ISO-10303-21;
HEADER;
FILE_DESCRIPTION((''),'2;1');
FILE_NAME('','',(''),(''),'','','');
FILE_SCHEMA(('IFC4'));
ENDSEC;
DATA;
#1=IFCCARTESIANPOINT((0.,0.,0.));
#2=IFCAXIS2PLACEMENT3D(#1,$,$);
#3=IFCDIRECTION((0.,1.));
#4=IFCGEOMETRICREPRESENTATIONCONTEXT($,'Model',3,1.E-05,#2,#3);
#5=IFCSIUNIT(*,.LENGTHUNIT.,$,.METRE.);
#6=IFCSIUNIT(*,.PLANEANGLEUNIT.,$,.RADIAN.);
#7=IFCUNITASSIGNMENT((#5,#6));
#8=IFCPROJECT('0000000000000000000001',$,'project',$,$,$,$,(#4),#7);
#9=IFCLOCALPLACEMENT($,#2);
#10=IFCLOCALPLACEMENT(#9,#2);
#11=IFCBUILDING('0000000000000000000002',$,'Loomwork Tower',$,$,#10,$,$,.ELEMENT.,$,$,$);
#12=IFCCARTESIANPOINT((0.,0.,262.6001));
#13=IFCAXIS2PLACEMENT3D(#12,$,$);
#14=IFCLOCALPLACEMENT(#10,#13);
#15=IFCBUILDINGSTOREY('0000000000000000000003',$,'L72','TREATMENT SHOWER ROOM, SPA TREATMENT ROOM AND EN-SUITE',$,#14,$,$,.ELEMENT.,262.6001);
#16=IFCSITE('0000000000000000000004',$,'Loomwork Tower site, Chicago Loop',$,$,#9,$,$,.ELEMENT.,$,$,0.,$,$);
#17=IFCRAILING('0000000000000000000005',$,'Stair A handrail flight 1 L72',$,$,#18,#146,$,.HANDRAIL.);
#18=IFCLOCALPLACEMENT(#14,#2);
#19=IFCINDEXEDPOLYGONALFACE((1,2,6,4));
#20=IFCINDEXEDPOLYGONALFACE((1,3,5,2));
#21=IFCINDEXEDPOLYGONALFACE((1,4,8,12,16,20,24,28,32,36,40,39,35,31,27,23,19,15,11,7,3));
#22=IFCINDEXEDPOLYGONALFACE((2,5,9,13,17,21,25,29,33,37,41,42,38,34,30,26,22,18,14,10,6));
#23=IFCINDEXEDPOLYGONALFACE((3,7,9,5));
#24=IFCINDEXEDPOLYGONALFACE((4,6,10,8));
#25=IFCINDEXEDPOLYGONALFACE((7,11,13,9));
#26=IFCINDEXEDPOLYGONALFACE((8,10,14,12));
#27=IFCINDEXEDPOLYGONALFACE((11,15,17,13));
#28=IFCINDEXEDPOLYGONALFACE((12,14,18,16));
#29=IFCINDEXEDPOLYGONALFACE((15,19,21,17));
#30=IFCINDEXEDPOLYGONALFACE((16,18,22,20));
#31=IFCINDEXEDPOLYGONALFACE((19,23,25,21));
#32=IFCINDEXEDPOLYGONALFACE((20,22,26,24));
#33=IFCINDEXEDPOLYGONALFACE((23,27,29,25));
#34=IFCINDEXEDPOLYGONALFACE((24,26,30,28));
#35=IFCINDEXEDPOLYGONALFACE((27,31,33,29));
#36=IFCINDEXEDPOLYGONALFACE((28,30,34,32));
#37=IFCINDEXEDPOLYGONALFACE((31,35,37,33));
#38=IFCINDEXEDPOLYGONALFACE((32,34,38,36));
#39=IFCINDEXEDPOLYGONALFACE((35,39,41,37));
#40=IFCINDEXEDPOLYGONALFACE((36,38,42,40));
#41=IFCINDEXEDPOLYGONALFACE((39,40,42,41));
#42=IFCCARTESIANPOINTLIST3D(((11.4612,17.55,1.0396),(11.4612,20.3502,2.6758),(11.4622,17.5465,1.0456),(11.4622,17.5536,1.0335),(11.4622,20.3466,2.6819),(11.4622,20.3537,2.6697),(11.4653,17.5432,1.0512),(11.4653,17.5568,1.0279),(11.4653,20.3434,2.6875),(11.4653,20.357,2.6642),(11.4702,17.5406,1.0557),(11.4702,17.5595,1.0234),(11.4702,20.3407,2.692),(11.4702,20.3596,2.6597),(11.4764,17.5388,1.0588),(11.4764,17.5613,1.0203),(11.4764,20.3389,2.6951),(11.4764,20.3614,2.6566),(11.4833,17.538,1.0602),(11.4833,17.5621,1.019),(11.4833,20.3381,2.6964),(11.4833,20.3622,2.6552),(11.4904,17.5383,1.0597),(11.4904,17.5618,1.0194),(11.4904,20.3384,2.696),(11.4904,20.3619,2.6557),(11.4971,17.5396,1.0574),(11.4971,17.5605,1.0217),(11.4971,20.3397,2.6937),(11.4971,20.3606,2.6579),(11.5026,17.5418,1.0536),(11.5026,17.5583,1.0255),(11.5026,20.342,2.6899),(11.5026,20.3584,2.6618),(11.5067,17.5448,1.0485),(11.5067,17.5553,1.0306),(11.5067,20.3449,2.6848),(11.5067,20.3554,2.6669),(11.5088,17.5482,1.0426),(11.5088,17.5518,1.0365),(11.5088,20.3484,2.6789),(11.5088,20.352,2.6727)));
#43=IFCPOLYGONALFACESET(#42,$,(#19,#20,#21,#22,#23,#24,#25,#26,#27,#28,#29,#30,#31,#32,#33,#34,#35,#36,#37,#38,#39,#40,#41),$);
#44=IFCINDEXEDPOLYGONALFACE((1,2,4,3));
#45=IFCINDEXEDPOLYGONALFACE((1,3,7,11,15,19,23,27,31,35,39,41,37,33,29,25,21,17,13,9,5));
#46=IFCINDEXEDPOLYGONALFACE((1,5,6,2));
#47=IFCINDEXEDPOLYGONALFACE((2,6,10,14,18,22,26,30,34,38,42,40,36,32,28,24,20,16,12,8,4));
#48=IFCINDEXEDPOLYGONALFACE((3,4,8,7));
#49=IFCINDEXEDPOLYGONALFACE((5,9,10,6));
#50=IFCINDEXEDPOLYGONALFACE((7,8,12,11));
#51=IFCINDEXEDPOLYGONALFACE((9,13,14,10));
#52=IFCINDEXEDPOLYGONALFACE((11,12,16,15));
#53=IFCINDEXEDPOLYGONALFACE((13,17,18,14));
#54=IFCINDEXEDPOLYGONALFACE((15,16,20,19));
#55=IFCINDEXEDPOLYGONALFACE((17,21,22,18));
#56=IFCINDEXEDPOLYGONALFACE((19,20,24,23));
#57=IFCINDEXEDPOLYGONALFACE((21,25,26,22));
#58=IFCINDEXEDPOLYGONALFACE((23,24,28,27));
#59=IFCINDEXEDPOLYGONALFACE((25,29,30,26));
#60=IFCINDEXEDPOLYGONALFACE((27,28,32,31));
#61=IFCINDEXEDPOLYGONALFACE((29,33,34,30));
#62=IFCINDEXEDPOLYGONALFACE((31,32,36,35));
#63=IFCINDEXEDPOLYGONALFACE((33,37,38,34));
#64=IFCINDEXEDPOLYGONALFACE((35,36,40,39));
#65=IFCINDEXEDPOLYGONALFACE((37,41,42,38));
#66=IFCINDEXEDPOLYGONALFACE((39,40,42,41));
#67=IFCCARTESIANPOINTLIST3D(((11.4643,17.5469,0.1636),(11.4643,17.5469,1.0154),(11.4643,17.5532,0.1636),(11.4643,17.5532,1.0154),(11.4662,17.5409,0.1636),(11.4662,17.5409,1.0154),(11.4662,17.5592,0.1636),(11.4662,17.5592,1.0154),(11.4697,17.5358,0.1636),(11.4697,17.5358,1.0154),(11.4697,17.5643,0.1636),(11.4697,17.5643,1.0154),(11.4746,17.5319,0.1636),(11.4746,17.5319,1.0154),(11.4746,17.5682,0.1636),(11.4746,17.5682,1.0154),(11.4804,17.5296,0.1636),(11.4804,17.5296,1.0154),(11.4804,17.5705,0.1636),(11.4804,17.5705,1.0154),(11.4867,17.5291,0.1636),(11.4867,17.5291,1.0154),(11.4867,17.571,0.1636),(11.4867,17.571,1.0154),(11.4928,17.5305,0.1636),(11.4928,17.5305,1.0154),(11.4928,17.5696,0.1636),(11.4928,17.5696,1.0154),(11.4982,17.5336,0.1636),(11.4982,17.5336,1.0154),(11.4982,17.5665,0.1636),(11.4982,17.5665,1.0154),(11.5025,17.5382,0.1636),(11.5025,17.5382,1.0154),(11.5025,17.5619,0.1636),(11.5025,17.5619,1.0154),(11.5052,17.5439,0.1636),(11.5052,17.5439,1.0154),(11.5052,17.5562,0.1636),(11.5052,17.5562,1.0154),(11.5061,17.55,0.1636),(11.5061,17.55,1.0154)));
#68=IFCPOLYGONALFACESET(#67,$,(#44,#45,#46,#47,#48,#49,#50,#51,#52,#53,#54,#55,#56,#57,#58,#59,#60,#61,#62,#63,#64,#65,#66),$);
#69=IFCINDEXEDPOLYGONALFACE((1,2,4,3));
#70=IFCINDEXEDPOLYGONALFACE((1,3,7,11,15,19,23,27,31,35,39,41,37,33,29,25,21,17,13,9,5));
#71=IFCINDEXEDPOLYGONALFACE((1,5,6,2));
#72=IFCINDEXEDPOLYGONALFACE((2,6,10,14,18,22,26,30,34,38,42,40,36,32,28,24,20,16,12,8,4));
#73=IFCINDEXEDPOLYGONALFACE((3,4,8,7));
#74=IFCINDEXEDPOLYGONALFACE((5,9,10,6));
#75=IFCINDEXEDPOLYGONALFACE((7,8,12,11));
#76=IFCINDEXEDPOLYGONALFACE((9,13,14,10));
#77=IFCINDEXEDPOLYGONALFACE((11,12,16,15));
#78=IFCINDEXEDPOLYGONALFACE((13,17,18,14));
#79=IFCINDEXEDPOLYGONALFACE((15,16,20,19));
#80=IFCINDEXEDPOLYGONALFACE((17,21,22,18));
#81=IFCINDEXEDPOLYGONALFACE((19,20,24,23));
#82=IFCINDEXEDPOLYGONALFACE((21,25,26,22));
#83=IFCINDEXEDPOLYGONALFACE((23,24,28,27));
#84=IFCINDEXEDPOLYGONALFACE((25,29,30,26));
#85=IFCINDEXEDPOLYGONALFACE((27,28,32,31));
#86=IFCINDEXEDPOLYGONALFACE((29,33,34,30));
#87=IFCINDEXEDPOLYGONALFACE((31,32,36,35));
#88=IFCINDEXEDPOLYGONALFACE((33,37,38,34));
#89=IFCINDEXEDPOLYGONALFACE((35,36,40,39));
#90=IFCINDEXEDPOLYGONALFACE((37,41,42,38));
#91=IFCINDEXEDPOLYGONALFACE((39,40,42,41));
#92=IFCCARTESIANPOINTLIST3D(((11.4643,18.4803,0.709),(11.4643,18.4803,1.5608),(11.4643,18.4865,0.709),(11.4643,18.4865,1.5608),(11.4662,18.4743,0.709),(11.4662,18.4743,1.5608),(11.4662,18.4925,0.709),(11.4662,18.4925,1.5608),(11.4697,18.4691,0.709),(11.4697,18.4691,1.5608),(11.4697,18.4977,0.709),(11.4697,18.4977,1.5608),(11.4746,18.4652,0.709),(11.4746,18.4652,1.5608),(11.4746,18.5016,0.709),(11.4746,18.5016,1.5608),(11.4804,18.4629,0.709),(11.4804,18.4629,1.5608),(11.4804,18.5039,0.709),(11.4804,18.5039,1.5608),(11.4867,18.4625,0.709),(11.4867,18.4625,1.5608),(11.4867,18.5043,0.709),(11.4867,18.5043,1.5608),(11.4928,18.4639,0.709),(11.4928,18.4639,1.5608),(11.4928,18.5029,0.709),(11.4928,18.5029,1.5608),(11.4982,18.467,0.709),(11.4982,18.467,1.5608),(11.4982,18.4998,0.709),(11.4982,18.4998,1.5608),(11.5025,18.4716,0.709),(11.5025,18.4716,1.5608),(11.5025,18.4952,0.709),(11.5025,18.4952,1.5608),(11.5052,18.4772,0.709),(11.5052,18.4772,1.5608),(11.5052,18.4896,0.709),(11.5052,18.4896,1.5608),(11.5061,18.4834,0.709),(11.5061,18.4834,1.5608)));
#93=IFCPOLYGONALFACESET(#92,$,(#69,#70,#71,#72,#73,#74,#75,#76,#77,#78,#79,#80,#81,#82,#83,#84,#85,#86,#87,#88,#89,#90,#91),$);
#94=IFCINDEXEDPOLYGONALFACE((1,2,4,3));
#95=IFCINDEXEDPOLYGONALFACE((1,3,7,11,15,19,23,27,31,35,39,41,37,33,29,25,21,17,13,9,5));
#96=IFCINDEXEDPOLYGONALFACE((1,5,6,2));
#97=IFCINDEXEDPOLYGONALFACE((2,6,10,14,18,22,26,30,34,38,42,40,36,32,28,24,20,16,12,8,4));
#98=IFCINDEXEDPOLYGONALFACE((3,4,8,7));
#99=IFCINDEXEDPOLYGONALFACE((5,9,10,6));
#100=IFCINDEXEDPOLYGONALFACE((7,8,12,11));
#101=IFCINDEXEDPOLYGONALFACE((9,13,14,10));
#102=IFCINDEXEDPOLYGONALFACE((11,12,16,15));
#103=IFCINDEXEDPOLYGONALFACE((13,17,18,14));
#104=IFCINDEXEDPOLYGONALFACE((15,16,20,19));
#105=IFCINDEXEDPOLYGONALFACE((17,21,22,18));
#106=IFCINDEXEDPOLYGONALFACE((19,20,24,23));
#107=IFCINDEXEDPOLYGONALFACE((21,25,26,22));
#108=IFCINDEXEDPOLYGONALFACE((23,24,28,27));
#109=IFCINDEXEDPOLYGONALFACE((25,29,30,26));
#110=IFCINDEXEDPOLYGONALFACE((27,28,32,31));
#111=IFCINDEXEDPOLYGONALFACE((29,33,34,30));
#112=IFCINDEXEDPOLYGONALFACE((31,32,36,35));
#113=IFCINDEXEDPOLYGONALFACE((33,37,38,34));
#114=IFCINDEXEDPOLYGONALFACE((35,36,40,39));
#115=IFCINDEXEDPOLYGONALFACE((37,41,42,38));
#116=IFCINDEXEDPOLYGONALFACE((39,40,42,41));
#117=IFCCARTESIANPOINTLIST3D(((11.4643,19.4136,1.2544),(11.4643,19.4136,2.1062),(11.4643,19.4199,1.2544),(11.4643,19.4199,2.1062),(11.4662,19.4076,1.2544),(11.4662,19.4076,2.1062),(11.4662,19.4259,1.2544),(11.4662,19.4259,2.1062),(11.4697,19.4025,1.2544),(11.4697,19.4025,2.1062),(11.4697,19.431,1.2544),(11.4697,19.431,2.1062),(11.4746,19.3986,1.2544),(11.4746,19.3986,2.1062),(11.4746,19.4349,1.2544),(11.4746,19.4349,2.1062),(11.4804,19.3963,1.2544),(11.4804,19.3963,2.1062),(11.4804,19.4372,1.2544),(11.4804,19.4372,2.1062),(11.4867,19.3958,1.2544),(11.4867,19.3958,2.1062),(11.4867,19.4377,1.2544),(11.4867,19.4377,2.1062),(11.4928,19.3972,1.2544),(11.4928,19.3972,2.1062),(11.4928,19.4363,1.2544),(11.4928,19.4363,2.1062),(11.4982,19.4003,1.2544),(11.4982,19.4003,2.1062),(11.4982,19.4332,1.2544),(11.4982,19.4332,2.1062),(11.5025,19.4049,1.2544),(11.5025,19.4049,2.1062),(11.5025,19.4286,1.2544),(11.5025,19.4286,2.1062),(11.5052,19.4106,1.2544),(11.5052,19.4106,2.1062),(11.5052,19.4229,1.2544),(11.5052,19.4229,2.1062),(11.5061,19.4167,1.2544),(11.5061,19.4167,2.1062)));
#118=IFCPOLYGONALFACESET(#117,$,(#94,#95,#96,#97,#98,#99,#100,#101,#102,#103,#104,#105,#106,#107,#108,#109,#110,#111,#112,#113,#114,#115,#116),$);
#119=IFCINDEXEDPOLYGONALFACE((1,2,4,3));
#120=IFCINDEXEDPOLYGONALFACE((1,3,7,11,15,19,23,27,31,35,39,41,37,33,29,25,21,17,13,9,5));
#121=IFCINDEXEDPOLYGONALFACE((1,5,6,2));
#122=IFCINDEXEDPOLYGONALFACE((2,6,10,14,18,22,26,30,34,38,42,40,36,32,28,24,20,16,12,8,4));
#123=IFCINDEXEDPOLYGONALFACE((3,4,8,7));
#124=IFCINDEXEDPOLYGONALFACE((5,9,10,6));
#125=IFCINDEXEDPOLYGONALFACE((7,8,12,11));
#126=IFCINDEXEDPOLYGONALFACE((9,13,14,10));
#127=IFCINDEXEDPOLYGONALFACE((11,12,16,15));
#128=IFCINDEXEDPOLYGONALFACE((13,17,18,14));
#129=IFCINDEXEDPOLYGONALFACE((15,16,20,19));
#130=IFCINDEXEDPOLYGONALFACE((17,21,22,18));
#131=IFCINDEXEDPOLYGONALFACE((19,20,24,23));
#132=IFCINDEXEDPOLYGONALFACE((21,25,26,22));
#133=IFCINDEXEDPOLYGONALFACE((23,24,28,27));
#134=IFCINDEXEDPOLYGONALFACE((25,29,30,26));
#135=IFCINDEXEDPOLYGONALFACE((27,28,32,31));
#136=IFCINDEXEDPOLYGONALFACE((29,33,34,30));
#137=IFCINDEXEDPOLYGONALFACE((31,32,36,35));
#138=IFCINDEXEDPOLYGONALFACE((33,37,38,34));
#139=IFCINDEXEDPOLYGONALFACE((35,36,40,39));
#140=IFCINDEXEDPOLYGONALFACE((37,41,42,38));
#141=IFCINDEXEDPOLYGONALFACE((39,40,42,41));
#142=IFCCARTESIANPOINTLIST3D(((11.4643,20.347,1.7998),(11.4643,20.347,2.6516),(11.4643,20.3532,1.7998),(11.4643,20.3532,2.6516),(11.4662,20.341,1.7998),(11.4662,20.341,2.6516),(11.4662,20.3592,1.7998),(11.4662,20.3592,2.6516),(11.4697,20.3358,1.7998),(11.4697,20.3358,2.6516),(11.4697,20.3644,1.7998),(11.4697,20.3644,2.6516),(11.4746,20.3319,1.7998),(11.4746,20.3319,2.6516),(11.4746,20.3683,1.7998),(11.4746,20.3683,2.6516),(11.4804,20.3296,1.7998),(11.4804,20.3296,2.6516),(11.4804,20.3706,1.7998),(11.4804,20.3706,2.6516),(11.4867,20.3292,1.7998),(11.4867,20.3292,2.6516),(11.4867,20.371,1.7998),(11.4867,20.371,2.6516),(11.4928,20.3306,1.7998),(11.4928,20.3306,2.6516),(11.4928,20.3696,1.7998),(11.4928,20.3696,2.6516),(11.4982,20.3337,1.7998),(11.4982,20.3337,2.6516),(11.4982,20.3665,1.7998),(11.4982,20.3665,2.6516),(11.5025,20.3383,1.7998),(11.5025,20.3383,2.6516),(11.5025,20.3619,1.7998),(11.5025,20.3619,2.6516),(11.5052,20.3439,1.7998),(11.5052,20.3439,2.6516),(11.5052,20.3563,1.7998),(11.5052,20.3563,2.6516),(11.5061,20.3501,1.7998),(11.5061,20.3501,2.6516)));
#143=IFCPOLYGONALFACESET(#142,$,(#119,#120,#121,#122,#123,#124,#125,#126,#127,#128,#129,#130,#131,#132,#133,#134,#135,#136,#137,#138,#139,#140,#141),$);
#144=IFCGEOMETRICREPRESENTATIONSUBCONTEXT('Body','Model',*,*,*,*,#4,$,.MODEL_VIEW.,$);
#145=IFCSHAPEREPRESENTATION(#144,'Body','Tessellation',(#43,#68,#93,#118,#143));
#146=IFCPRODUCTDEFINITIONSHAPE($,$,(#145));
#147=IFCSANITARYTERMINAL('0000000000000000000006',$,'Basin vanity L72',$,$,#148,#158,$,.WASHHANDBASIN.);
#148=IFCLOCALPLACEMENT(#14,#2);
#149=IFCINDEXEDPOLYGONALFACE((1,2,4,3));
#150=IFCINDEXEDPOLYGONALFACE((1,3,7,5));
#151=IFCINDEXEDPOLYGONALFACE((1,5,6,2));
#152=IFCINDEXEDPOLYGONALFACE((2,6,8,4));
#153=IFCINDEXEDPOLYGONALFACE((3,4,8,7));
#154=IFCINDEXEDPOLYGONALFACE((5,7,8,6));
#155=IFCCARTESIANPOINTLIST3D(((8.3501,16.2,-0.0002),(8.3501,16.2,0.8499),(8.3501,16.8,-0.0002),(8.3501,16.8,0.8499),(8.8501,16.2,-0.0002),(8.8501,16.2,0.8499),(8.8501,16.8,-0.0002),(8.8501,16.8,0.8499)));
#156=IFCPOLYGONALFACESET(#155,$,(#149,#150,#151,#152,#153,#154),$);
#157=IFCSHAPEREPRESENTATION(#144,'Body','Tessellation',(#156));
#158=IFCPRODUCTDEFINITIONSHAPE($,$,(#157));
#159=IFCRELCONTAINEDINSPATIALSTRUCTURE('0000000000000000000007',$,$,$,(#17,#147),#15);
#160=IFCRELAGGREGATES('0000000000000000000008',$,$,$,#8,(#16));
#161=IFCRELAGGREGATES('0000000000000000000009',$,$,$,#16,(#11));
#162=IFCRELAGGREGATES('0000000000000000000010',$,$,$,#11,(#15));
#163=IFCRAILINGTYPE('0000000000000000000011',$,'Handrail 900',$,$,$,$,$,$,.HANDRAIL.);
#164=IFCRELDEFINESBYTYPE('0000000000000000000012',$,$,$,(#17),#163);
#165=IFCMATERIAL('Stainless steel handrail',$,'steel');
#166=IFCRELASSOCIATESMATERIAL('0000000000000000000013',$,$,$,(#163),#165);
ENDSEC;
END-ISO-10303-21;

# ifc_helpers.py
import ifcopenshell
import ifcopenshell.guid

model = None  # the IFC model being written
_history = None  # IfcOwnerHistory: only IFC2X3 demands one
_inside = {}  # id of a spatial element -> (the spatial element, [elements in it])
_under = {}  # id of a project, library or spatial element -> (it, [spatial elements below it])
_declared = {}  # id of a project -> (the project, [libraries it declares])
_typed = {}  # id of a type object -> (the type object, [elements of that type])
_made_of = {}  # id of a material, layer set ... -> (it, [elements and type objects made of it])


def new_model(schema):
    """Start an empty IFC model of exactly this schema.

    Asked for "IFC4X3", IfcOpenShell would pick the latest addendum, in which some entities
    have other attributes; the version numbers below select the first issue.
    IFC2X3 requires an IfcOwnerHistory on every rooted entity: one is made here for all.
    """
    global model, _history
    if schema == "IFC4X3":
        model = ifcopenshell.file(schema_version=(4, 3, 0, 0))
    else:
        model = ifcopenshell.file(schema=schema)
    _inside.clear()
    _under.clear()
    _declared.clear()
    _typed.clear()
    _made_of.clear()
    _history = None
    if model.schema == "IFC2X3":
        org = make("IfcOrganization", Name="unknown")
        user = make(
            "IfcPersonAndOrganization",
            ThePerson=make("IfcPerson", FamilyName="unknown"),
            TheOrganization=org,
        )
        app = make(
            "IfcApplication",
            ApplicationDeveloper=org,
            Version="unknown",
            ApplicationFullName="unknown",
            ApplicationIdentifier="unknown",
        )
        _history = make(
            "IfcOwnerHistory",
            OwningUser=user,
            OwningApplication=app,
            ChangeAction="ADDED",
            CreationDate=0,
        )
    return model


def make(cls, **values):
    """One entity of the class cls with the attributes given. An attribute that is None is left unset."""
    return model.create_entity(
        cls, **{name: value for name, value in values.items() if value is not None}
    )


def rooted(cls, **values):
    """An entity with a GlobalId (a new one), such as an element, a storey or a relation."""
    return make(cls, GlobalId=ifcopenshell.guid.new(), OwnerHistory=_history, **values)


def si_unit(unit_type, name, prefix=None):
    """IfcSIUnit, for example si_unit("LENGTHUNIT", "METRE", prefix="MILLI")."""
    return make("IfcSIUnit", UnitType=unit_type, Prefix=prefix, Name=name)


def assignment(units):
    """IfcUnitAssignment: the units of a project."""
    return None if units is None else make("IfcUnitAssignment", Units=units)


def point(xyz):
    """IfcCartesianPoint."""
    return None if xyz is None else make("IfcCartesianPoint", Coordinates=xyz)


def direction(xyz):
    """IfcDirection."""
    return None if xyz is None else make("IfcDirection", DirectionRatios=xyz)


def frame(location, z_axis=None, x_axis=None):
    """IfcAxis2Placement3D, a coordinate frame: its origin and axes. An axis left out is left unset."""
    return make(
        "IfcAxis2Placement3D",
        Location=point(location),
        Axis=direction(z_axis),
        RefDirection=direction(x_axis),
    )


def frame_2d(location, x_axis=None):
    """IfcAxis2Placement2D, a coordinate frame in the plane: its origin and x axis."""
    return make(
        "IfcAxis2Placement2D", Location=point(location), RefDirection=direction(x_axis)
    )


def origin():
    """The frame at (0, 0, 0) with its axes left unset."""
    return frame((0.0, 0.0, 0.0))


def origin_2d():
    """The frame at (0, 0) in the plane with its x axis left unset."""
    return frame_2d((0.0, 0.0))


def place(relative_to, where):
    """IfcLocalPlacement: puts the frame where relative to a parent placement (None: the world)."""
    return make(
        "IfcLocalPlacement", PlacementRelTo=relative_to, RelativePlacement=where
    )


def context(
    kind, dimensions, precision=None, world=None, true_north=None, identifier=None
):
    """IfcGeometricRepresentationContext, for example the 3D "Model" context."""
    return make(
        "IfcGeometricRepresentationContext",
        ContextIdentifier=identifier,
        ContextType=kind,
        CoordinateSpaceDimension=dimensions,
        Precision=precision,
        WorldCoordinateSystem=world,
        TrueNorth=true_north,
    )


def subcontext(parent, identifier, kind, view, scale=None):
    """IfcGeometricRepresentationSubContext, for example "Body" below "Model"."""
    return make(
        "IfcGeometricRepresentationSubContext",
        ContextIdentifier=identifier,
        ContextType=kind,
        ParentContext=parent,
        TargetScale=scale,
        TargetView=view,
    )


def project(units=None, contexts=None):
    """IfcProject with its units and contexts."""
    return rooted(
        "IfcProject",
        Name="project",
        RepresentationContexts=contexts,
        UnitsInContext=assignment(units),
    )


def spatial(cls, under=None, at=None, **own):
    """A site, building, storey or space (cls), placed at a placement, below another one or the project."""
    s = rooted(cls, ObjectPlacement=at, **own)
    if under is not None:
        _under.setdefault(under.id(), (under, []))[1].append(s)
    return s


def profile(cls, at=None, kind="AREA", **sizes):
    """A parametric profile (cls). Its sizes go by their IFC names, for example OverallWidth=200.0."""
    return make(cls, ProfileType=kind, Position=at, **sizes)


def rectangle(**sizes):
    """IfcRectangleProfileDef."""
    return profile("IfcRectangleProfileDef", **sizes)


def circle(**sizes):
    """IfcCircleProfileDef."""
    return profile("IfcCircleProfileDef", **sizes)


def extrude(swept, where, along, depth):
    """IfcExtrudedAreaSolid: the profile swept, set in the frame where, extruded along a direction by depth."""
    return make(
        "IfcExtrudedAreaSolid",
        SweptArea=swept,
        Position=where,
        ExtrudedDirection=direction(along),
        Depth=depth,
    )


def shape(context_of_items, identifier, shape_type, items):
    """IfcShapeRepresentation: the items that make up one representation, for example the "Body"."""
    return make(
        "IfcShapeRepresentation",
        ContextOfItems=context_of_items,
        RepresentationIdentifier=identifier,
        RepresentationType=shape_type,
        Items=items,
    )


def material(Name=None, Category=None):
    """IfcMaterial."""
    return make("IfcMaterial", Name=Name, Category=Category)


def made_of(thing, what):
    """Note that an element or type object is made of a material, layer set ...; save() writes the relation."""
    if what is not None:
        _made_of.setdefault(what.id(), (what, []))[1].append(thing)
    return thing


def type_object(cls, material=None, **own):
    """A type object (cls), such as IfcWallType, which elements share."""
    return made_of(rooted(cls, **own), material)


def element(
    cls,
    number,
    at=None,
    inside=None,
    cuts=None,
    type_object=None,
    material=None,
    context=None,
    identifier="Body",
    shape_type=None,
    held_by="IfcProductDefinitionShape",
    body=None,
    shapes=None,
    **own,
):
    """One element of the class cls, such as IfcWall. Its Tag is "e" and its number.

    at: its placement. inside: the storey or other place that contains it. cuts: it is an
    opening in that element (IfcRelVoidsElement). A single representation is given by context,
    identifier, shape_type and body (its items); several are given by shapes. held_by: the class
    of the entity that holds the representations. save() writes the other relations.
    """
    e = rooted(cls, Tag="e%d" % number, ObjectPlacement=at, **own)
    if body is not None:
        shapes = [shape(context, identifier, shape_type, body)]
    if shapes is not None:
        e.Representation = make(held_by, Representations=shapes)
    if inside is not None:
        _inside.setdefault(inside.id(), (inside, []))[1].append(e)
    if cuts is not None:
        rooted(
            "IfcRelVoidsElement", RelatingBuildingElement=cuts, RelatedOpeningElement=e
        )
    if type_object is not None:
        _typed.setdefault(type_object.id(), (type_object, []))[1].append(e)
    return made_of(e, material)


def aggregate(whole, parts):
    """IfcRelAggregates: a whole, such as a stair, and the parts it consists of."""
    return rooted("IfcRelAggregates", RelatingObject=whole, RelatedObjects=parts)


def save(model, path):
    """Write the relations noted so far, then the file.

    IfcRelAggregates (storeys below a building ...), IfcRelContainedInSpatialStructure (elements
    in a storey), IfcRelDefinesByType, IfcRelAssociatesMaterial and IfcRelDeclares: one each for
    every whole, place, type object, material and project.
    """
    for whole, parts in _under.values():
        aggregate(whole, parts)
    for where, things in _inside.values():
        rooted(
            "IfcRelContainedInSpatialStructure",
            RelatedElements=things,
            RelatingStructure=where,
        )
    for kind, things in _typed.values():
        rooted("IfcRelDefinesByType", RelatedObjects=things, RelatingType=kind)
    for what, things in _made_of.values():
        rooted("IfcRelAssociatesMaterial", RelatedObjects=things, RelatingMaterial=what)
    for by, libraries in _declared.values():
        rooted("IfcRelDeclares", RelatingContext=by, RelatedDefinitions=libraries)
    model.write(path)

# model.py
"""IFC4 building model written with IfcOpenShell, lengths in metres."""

from ifc_helpers import new_model, si_unit, direction, frame, origin, origin_2d, place, context, subcontext, project, spatial, rectangle, circle, extrude, material, type_object, element, save


model = new_model("IFC4")

# Units and contexts
model_context = context("Model", 3, precision=1e-05, world=origin(), true_north=direction((0.0, 1.0)))
body_context = subcontext(model_context, "Body", "Model", "MODEL_VIEW")
ifc_project = project(units=[si_unit("LENGTHUNIT", "METRE"), si_unit("PLANEANGLEUNIT", "RADIAN")], contexts=[model_context])

# Site, building, storey
site_placement = place(None, origin())
site = spatial("IfcSite", under=ifc_project, at=site_placement, Name="Loomwork Tower site, Chicago Loop", CompositionType="ELEMENT", RefElevation=0.0)
building_placement = place(site_placement, origin())
building = spatial("IfcBuilding", under=site, at=building_placement, Name="Loomwork Tower", CompositionType="ELEMENT")
storey_placement = place(building_placement, frame((0.0, 0.0, 262.6001)))
storey = spatial("IfcBuildingStorey", under=building, at=storey_placement, Name="L72", Description="TREATMENT SHOWER ROOM, SPA TREATMENT ROOM AND EN-SUITE", CompositionType="ELEMENT", Elevation=262.6001)

# Railing
ifc_material_1 = material(Name="Stainless steel handrail", Category="steel")
railing_type = type_object("IfcRailingType", Name="Handrail 900", PredefinedType="HANDRAIL", material=ifc_material_1)
railing_placement = place(storey_placement, frame((11.4851, 17.55, 0.1636)))
element("IfcRailing", 1, at=railing_placement, inside=storey, type_object=railing_type, Name="Stair A handrail flight 1 L72", PredefinedType="HANDRAIL", context=body_context, shape_type="SweptSolid", body=[
    extrude(circle(Radius=0.0239, at=origin_2d()), frame((0.0, 0.0, 0.876), z_axis=(0.0, 0.863394, 0.504531), x_axis=(-1.0, 0.0, 0.0)), (0.0, 0.0, 1.0), 3.2432),
    extrude(circle(Radius=0.021, at=origin_2d()), origin(), (0.0, 0.0, 1.0), 0.8518),
    extrude(circle(Radius=0.021, at=origin_2d()), frame((0.0, 0.9333, 0.5454)), (0.0, 0.0, 1.0), 0.8518),
    extrude(circle(Radius=0.021, at=origin_2d()), frame((0.0, 1.8667, 1.0908)), (0.0, 0.0, 1.0), 0.8518),
    extrude(circle(Radius=0.021, at=origin_2d()), frame((0.0, 2.8, 1.6362)), (0.0, 0.0, 1.0), 0.8518),
])

# Sanitary terminal
sanitary_terminal_placement = place(storey_placement, frame((8.6001, 16.5, -0.0002), z_axis=(0.0, 0.0, 1.0), x_axis=(1.0, 0.0, 0.0)))
element("IfcSanitaryTerminal", 2, at=sanitary_terminal_placement, inside=storey, Name="Basin vanity L72", PredefinedType="WASHHANDBASIN", context=body_context, shape_type="SweptSolid", body=[
    extrude(rectangle(XDim=0.5, YDim=0.6001, at=origin_2d()), origin(), (0.0, 0.0, 1.0), 0.8501),
])

save(model, "model.ifc")
